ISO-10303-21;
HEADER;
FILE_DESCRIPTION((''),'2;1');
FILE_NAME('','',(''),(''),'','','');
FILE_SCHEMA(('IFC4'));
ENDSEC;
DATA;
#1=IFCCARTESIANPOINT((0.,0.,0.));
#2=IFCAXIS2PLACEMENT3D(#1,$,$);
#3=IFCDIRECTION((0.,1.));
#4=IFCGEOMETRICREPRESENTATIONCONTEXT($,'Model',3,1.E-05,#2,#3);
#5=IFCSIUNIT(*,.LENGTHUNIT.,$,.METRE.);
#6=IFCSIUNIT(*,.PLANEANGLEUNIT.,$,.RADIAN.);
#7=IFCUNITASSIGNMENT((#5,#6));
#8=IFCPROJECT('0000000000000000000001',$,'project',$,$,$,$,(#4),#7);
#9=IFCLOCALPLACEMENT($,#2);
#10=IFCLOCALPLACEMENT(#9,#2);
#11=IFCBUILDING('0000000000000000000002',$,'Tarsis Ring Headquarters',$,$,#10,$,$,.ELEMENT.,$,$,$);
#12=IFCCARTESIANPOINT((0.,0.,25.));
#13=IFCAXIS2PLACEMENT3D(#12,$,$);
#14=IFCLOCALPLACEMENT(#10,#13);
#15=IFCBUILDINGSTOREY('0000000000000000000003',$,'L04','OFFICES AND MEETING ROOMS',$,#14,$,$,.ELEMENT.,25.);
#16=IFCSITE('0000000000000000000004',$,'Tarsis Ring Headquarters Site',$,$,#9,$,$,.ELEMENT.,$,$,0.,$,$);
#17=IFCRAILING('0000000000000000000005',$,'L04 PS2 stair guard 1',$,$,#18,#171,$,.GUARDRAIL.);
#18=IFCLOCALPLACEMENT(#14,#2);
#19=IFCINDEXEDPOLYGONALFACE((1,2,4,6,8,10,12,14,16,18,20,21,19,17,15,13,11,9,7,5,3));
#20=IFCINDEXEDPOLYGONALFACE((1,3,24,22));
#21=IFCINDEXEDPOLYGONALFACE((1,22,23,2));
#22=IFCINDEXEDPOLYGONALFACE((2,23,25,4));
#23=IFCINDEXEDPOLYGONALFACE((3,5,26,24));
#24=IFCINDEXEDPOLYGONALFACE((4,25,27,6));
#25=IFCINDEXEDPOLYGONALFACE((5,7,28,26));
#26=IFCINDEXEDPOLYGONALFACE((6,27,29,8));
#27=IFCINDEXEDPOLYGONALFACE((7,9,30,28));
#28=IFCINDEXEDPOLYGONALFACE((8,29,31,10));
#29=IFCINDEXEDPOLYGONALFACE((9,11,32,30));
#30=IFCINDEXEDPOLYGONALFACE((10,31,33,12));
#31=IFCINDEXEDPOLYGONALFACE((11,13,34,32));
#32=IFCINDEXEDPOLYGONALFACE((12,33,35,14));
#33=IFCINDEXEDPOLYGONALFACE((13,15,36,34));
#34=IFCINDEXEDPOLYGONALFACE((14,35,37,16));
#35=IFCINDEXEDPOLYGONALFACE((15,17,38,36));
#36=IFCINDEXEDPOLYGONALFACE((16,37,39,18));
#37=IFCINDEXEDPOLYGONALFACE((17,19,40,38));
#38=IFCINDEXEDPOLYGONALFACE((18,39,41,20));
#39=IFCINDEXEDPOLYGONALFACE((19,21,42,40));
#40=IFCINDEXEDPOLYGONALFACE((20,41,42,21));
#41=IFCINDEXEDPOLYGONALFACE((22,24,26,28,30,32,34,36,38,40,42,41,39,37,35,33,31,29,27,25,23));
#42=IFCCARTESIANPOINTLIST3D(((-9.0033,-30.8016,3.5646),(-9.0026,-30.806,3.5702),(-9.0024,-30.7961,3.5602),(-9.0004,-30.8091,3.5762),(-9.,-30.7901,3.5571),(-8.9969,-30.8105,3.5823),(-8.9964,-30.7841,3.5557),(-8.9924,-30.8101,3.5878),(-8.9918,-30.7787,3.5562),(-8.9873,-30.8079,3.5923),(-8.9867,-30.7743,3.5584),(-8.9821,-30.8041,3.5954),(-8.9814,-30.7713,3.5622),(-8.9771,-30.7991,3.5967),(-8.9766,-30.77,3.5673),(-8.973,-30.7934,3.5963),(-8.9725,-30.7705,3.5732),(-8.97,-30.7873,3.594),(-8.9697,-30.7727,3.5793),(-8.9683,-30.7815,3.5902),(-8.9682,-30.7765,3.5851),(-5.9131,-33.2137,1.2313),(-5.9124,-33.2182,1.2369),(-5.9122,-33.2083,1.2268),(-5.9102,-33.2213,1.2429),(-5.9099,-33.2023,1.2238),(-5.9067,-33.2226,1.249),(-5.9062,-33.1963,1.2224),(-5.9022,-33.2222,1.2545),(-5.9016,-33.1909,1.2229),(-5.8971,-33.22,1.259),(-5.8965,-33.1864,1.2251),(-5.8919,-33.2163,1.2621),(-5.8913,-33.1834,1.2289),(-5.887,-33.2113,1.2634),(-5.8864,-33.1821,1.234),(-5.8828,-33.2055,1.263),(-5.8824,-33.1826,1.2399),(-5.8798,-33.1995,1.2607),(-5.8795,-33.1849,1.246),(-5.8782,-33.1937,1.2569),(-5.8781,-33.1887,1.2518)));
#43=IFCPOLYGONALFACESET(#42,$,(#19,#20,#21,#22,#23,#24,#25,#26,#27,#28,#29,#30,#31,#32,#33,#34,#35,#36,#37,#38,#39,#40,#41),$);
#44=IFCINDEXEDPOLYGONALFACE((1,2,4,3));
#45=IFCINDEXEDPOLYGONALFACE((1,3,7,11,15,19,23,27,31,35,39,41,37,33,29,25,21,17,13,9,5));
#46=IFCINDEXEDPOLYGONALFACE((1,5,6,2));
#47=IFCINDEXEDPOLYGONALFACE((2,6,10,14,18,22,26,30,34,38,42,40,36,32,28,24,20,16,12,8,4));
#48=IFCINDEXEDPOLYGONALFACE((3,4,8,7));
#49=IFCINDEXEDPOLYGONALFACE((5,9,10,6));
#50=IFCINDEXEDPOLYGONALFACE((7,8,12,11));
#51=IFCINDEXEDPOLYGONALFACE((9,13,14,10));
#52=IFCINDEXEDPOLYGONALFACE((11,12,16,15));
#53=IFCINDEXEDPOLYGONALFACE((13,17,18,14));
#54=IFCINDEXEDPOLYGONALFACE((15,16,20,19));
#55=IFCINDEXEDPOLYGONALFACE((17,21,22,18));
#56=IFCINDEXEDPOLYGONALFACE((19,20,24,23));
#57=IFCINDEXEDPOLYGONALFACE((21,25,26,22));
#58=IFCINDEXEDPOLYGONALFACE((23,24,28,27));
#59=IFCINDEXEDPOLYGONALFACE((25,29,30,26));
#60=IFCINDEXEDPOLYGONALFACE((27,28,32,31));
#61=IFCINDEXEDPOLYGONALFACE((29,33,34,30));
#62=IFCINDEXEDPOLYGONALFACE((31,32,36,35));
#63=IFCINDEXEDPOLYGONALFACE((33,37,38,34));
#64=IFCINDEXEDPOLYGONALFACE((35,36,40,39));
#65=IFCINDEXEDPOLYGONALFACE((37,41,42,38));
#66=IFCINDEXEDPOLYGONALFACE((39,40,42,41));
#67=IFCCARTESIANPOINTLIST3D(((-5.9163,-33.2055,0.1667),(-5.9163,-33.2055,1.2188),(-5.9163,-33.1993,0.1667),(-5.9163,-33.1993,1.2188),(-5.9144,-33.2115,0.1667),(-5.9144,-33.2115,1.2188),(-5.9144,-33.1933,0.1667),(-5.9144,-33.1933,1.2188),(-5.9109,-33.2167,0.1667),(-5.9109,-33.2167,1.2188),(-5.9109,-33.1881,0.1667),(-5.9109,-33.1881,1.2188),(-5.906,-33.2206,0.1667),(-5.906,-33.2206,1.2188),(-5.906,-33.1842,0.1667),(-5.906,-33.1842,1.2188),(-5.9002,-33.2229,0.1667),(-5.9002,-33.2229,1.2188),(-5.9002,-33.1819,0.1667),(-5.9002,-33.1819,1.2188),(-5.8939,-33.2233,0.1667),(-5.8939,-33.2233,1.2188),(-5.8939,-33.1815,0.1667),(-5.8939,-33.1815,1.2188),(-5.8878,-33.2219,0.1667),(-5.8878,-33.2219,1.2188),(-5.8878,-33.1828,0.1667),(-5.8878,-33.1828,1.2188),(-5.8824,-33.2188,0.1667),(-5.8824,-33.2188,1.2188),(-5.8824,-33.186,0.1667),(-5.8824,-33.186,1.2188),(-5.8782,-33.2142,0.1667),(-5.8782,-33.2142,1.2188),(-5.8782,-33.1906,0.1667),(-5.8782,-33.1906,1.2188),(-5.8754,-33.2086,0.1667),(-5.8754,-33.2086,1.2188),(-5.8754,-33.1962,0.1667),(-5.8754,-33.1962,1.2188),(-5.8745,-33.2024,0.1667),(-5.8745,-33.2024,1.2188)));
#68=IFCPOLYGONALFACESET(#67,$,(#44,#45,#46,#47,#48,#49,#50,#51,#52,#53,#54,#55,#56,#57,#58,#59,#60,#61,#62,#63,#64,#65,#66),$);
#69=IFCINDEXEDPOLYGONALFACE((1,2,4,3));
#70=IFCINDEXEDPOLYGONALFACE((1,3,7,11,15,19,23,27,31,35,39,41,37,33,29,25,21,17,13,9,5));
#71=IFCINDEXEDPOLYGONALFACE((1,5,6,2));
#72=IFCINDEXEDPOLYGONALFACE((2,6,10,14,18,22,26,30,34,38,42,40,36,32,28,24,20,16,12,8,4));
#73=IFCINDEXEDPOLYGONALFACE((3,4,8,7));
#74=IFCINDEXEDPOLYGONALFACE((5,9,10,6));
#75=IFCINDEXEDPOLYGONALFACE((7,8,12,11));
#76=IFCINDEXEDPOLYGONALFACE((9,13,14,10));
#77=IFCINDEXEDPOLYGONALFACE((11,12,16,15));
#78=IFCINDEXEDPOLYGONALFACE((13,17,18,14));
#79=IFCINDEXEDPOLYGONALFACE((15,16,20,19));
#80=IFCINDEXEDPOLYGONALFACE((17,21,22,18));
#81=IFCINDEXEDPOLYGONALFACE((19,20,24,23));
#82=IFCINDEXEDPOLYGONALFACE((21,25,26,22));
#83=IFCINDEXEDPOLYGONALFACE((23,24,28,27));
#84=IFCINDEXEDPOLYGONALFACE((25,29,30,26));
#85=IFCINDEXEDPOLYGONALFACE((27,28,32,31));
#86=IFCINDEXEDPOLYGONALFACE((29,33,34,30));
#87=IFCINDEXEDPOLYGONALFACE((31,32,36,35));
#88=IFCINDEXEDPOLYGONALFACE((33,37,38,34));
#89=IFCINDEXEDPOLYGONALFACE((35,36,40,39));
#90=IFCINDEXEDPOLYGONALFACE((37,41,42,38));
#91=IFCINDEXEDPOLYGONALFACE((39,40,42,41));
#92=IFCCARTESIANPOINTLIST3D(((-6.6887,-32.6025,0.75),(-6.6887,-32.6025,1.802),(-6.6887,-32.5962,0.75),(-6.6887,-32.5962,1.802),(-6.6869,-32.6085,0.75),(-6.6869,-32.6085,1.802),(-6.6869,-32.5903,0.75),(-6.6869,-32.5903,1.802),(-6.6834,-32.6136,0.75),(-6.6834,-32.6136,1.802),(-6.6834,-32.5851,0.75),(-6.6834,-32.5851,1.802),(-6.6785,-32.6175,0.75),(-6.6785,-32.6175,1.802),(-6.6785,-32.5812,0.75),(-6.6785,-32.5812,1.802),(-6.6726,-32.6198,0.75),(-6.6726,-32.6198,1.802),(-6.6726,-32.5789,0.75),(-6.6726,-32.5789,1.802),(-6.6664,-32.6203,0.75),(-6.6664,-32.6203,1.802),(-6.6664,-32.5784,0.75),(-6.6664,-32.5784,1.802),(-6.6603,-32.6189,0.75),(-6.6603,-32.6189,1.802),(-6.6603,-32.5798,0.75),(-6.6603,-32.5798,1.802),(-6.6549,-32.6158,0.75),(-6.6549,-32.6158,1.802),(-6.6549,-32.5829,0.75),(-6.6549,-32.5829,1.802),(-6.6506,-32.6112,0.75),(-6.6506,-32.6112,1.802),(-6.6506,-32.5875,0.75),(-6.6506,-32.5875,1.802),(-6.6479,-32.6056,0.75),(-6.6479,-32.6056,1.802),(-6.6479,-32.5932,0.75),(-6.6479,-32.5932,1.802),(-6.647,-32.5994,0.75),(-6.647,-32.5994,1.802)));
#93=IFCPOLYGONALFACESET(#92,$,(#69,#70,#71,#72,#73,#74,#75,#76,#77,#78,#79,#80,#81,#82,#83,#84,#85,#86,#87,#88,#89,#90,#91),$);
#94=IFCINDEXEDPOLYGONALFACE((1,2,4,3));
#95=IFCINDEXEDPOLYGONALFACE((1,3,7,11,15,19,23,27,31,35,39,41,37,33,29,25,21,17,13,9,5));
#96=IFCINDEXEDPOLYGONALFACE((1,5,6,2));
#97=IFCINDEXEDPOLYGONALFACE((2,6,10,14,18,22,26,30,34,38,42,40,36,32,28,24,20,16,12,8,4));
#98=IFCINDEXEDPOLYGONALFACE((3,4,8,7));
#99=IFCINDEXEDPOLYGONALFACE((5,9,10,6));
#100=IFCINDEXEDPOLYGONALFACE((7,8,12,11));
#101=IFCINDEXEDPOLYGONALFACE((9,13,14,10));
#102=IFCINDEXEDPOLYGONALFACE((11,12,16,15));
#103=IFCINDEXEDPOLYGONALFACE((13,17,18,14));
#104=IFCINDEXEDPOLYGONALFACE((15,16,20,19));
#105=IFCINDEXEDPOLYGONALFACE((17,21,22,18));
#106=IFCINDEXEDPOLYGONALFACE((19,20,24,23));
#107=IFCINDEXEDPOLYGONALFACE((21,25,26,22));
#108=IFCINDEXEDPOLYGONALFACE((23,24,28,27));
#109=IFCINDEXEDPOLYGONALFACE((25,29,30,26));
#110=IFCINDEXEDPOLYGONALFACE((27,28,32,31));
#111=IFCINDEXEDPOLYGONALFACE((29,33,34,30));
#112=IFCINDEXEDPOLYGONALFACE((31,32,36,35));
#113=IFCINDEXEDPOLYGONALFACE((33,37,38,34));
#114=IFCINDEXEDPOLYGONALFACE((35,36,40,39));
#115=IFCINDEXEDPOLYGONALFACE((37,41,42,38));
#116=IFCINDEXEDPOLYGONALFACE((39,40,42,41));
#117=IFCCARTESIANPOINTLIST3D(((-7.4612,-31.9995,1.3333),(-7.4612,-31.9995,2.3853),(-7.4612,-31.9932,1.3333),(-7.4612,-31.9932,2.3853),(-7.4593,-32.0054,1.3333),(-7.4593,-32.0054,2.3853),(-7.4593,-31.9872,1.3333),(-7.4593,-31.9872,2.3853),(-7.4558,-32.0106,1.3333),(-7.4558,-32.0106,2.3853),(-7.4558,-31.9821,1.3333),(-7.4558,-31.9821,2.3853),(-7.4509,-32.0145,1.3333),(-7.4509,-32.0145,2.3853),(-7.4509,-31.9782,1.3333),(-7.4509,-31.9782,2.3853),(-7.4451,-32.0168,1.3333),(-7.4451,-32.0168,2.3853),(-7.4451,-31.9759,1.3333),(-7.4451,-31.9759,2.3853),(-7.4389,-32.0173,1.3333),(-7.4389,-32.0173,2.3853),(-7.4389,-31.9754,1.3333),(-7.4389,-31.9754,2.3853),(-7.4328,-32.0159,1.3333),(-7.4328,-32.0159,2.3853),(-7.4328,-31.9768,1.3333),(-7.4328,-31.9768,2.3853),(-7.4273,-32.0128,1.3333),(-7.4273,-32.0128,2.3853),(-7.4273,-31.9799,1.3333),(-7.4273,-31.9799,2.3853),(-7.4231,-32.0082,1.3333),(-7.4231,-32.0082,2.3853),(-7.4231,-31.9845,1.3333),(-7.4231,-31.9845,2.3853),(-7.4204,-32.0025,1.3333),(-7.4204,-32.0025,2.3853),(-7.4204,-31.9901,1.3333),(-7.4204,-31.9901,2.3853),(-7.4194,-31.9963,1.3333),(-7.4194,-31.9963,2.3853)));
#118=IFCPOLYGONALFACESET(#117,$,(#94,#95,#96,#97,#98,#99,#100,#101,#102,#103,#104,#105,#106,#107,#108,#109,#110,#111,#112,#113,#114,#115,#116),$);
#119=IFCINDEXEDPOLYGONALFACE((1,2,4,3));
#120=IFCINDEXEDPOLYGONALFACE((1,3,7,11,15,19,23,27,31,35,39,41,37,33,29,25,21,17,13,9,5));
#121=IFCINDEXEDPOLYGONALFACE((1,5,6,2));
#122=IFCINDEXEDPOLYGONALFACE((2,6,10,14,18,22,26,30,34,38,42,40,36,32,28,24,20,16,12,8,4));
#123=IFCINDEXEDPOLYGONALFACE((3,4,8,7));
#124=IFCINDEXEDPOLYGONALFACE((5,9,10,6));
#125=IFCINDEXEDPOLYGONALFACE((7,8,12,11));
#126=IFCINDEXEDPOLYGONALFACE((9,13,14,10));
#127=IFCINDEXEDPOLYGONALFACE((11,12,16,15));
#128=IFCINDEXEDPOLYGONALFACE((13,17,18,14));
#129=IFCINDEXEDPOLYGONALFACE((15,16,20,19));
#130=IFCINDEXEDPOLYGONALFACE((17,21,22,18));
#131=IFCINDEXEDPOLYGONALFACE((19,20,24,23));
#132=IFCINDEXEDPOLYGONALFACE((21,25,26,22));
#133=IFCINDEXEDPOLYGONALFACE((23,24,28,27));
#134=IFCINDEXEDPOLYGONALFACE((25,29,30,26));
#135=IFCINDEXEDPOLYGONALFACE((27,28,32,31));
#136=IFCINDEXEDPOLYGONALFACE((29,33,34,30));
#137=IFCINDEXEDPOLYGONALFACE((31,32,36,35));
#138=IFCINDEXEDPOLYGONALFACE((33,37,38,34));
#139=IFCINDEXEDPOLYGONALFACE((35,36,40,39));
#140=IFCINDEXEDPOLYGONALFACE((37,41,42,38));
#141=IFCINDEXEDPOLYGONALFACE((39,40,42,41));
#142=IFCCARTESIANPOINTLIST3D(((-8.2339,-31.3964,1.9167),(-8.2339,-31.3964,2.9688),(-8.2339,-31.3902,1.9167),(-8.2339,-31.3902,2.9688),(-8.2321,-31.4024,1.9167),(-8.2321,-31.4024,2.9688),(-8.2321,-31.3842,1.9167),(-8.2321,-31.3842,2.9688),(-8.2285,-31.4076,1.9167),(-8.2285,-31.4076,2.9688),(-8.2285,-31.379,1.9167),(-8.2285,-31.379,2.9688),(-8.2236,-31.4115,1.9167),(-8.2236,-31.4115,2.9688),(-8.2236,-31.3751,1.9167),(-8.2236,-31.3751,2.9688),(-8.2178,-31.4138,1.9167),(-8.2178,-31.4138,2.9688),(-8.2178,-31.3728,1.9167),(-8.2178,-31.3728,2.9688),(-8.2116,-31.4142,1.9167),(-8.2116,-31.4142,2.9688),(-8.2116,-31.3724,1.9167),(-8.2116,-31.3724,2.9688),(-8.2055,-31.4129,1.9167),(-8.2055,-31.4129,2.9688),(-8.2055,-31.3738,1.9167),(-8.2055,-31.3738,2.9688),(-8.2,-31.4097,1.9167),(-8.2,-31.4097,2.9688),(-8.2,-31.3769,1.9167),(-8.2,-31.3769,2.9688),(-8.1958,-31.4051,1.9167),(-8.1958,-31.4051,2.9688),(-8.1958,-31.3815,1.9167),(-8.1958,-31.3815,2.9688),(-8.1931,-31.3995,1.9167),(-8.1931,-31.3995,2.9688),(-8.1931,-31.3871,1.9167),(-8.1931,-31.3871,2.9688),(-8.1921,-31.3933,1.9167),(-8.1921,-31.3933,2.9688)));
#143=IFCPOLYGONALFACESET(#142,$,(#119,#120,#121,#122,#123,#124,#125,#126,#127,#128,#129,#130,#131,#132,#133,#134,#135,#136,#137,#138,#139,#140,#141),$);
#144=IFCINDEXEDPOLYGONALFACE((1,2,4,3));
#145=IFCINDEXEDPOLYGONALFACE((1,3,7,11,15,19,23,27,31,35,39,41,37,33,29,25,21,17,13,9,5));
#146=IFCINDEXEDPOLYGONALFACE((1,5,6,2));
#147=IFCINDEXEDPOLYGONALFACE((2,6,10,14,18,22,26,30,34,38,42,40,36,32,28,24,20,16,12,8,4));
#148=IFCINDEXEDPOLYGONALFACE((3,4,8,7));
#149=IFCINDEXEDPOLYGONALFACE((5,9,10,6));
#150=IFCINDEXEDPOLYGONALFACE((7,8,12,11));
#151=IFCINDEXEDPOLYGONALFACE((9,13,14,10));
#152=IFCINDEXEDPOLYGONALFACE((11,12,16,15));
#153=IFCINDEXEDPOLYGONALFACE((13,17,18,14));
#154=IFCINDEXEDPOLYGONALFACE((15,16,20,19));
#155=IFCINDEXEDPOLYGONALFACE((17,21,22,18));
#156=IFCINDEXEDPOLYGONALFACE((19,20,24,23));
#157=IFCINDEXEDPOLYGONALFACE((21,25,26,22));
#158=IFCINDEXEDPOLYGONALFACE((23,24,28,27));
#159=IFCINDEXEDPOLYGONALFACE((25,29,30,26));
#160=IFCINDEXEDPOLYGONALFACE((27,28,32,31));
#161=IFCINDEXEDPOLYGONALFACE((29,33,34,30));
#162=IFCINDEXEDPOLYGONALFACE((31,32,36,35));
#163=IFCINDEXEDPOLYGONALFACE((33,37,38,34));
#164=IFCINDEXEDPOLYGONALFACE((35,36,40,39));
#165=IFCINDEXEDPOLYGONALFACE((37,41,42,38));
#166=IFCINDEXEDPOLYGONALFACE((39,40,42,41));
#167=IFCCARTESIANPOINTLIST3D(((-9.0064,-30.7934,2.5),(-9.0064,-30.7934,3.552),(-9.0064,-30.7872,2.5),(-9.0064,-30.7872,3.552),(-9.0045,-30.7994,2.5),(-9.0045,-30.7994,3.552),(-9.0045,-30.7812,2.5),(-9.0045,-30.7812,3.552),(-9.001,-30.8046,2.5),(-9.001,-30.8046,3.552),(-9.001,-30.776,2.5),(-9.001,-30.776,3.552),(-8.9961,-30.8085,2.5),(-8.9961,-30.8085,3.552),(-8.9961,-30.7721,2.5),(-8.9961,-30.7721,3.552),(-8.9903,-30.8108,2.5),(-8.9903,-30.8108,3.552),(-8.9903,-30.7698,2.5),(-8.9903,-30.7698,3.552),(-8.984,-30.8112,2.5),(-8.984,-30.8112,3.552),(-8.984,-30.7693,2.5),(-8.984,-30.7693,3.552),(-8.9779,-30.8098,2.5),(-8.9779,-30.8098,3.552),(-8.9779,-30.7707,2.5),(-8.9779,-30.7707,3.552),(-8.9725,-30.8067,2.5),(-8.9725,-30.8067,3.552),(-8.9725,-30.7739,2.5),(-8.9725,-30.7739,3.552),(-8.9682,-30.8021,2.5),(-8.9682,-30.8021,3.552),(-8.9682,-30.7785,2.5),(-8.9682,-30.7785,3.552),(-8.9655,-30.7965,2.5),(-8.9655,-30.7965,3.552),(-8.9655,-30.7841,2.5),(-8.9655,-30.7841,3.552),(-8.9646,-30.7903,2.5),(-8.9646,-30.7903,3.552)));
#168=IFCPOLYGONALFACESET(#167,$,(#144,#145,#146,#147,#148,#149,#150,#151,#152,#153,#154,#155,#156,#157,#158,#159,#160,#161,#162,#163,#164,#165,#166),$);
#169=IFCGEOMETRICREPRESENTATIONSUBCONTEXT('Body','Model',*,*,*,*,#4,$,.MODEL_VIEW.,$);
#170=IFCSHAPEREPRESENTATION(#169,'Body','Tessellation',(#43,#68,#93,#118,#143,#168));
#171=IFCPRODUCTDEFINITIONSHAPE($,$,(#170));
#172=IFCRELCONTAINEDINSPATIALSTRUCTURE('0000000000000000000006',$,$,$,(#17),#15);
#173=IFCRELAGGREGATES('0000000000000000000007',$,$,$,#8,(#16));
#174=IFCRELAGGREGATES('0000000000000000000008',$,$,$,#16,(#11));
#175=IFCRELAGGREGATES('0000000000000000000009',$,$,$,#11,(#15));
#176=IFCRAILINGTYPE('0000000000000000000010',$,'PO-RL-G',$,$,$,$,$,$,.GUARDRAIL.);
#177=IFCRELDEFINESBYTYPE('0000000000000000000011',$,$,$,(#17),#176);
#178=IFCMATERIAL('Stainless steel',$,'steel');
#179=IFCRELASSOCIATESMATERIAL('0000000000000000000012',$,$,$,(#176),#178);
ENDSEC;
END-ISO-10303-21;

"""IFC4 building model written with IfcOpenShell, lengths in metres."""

from ifc_helpers import new_model, si_unit, direction, frame, origin, origin_2d, place, context, subcontext, project, spatial, circle, extrude, material, type_object, element, save


model = new_model("IFC4")

# Units and contexts
model_context = context("Model", 3, precision=1e-05, world=origin(), true_north=direction((0.0, 1.0)))
body_context = subcontext(model_context, "Body", "Model", "MODEL_VIEW")
ifc_project = project(units=[si_unit("LENGTHUNIT", "METRE"), si_unit("PLANEANGLEUNIT", "RADIAN")], contexts=[model_context])

# Site, building, storey
site_placement = place(None, origin())
site = spatial("IfcSite", under=ifc_project, at=site_placement, Name="Tarsis Ring Headquarters Site", CompositionType="ELEMENT", RefElevation=0.0)
building_placement = place(site_placement, origin())
building = spatial("IfcBuilding", under=site, at=building_placement, Name="Tarsis Ring Headquarters", CompositionType="ELEMENT")
storey_placement = place(building_placement, frame((0.0, 0.0, 25.0)))
storey = spatial("IfcBuildingStorey", under=building, at=storey_placement, Name="L04", Description="OFFICES AND MEETING ROOMS", CompositionType="ELEMENT", Elevation=25.0)

# Railing
ifc_material_1 = material(Name="Stainless steel", Category="steel")
railing_type_1 = type_object("IfcRailingType", Name="PO-RL-G", PredefinedType="GUARDRAIL", material=ifc_material_1)
railing_1_placement = place(storey_placement, frame((-5.8955, -33.2024, 0.1667)))
element("IfcRailing", 1, at=railing_1_placement, inside=storey, type_object=railing_type_1, Name="L04 PS2 stair guard 1", PredefinedType="GUARDRAIL", context=body_context, shape_type="SweptSolid", body=[
    extrude(circle(Radius=0.0239, at=origin_2d()), frame((0.0, 0.0, 1.0762), z_axis=(-0.677368, 0.52875, 0.511464), x_axis=(-0.615324, -0.788275, 0.0)), (0.0, 0.0, 1.0), 4.562),
    extrude(circle(Radius=0.021, at=origin_2d()), origin(), (0.0, 0.0, 1.0), 1.052),
    extrude(circle(Radius=0.021, at=origin_2d()), frame((-0.7725, 0.603, 0.5833)), (0.0, 0.0, 1.0), 1.052),
    extrude(circle(Radius=0.021, at=origin_2d()), frame((-1.5449, 1.2061, 1.1665)), (0.0, 0.0, 1.0), 1.052),
    extrude(circle(Radius=0.021, at=origin_2d()), frame((-2.3176, 1.8091, 1.75)), (0.0, 0.0, 1.0), 1.052),
    extrude(circle(Radius=0.021, at=origin_2d()), frame((-3.0901, 2.4121, 2.3333)), (0.0, 0.0, 1.0), 1.052),
])

save(model, "model.ifc")
